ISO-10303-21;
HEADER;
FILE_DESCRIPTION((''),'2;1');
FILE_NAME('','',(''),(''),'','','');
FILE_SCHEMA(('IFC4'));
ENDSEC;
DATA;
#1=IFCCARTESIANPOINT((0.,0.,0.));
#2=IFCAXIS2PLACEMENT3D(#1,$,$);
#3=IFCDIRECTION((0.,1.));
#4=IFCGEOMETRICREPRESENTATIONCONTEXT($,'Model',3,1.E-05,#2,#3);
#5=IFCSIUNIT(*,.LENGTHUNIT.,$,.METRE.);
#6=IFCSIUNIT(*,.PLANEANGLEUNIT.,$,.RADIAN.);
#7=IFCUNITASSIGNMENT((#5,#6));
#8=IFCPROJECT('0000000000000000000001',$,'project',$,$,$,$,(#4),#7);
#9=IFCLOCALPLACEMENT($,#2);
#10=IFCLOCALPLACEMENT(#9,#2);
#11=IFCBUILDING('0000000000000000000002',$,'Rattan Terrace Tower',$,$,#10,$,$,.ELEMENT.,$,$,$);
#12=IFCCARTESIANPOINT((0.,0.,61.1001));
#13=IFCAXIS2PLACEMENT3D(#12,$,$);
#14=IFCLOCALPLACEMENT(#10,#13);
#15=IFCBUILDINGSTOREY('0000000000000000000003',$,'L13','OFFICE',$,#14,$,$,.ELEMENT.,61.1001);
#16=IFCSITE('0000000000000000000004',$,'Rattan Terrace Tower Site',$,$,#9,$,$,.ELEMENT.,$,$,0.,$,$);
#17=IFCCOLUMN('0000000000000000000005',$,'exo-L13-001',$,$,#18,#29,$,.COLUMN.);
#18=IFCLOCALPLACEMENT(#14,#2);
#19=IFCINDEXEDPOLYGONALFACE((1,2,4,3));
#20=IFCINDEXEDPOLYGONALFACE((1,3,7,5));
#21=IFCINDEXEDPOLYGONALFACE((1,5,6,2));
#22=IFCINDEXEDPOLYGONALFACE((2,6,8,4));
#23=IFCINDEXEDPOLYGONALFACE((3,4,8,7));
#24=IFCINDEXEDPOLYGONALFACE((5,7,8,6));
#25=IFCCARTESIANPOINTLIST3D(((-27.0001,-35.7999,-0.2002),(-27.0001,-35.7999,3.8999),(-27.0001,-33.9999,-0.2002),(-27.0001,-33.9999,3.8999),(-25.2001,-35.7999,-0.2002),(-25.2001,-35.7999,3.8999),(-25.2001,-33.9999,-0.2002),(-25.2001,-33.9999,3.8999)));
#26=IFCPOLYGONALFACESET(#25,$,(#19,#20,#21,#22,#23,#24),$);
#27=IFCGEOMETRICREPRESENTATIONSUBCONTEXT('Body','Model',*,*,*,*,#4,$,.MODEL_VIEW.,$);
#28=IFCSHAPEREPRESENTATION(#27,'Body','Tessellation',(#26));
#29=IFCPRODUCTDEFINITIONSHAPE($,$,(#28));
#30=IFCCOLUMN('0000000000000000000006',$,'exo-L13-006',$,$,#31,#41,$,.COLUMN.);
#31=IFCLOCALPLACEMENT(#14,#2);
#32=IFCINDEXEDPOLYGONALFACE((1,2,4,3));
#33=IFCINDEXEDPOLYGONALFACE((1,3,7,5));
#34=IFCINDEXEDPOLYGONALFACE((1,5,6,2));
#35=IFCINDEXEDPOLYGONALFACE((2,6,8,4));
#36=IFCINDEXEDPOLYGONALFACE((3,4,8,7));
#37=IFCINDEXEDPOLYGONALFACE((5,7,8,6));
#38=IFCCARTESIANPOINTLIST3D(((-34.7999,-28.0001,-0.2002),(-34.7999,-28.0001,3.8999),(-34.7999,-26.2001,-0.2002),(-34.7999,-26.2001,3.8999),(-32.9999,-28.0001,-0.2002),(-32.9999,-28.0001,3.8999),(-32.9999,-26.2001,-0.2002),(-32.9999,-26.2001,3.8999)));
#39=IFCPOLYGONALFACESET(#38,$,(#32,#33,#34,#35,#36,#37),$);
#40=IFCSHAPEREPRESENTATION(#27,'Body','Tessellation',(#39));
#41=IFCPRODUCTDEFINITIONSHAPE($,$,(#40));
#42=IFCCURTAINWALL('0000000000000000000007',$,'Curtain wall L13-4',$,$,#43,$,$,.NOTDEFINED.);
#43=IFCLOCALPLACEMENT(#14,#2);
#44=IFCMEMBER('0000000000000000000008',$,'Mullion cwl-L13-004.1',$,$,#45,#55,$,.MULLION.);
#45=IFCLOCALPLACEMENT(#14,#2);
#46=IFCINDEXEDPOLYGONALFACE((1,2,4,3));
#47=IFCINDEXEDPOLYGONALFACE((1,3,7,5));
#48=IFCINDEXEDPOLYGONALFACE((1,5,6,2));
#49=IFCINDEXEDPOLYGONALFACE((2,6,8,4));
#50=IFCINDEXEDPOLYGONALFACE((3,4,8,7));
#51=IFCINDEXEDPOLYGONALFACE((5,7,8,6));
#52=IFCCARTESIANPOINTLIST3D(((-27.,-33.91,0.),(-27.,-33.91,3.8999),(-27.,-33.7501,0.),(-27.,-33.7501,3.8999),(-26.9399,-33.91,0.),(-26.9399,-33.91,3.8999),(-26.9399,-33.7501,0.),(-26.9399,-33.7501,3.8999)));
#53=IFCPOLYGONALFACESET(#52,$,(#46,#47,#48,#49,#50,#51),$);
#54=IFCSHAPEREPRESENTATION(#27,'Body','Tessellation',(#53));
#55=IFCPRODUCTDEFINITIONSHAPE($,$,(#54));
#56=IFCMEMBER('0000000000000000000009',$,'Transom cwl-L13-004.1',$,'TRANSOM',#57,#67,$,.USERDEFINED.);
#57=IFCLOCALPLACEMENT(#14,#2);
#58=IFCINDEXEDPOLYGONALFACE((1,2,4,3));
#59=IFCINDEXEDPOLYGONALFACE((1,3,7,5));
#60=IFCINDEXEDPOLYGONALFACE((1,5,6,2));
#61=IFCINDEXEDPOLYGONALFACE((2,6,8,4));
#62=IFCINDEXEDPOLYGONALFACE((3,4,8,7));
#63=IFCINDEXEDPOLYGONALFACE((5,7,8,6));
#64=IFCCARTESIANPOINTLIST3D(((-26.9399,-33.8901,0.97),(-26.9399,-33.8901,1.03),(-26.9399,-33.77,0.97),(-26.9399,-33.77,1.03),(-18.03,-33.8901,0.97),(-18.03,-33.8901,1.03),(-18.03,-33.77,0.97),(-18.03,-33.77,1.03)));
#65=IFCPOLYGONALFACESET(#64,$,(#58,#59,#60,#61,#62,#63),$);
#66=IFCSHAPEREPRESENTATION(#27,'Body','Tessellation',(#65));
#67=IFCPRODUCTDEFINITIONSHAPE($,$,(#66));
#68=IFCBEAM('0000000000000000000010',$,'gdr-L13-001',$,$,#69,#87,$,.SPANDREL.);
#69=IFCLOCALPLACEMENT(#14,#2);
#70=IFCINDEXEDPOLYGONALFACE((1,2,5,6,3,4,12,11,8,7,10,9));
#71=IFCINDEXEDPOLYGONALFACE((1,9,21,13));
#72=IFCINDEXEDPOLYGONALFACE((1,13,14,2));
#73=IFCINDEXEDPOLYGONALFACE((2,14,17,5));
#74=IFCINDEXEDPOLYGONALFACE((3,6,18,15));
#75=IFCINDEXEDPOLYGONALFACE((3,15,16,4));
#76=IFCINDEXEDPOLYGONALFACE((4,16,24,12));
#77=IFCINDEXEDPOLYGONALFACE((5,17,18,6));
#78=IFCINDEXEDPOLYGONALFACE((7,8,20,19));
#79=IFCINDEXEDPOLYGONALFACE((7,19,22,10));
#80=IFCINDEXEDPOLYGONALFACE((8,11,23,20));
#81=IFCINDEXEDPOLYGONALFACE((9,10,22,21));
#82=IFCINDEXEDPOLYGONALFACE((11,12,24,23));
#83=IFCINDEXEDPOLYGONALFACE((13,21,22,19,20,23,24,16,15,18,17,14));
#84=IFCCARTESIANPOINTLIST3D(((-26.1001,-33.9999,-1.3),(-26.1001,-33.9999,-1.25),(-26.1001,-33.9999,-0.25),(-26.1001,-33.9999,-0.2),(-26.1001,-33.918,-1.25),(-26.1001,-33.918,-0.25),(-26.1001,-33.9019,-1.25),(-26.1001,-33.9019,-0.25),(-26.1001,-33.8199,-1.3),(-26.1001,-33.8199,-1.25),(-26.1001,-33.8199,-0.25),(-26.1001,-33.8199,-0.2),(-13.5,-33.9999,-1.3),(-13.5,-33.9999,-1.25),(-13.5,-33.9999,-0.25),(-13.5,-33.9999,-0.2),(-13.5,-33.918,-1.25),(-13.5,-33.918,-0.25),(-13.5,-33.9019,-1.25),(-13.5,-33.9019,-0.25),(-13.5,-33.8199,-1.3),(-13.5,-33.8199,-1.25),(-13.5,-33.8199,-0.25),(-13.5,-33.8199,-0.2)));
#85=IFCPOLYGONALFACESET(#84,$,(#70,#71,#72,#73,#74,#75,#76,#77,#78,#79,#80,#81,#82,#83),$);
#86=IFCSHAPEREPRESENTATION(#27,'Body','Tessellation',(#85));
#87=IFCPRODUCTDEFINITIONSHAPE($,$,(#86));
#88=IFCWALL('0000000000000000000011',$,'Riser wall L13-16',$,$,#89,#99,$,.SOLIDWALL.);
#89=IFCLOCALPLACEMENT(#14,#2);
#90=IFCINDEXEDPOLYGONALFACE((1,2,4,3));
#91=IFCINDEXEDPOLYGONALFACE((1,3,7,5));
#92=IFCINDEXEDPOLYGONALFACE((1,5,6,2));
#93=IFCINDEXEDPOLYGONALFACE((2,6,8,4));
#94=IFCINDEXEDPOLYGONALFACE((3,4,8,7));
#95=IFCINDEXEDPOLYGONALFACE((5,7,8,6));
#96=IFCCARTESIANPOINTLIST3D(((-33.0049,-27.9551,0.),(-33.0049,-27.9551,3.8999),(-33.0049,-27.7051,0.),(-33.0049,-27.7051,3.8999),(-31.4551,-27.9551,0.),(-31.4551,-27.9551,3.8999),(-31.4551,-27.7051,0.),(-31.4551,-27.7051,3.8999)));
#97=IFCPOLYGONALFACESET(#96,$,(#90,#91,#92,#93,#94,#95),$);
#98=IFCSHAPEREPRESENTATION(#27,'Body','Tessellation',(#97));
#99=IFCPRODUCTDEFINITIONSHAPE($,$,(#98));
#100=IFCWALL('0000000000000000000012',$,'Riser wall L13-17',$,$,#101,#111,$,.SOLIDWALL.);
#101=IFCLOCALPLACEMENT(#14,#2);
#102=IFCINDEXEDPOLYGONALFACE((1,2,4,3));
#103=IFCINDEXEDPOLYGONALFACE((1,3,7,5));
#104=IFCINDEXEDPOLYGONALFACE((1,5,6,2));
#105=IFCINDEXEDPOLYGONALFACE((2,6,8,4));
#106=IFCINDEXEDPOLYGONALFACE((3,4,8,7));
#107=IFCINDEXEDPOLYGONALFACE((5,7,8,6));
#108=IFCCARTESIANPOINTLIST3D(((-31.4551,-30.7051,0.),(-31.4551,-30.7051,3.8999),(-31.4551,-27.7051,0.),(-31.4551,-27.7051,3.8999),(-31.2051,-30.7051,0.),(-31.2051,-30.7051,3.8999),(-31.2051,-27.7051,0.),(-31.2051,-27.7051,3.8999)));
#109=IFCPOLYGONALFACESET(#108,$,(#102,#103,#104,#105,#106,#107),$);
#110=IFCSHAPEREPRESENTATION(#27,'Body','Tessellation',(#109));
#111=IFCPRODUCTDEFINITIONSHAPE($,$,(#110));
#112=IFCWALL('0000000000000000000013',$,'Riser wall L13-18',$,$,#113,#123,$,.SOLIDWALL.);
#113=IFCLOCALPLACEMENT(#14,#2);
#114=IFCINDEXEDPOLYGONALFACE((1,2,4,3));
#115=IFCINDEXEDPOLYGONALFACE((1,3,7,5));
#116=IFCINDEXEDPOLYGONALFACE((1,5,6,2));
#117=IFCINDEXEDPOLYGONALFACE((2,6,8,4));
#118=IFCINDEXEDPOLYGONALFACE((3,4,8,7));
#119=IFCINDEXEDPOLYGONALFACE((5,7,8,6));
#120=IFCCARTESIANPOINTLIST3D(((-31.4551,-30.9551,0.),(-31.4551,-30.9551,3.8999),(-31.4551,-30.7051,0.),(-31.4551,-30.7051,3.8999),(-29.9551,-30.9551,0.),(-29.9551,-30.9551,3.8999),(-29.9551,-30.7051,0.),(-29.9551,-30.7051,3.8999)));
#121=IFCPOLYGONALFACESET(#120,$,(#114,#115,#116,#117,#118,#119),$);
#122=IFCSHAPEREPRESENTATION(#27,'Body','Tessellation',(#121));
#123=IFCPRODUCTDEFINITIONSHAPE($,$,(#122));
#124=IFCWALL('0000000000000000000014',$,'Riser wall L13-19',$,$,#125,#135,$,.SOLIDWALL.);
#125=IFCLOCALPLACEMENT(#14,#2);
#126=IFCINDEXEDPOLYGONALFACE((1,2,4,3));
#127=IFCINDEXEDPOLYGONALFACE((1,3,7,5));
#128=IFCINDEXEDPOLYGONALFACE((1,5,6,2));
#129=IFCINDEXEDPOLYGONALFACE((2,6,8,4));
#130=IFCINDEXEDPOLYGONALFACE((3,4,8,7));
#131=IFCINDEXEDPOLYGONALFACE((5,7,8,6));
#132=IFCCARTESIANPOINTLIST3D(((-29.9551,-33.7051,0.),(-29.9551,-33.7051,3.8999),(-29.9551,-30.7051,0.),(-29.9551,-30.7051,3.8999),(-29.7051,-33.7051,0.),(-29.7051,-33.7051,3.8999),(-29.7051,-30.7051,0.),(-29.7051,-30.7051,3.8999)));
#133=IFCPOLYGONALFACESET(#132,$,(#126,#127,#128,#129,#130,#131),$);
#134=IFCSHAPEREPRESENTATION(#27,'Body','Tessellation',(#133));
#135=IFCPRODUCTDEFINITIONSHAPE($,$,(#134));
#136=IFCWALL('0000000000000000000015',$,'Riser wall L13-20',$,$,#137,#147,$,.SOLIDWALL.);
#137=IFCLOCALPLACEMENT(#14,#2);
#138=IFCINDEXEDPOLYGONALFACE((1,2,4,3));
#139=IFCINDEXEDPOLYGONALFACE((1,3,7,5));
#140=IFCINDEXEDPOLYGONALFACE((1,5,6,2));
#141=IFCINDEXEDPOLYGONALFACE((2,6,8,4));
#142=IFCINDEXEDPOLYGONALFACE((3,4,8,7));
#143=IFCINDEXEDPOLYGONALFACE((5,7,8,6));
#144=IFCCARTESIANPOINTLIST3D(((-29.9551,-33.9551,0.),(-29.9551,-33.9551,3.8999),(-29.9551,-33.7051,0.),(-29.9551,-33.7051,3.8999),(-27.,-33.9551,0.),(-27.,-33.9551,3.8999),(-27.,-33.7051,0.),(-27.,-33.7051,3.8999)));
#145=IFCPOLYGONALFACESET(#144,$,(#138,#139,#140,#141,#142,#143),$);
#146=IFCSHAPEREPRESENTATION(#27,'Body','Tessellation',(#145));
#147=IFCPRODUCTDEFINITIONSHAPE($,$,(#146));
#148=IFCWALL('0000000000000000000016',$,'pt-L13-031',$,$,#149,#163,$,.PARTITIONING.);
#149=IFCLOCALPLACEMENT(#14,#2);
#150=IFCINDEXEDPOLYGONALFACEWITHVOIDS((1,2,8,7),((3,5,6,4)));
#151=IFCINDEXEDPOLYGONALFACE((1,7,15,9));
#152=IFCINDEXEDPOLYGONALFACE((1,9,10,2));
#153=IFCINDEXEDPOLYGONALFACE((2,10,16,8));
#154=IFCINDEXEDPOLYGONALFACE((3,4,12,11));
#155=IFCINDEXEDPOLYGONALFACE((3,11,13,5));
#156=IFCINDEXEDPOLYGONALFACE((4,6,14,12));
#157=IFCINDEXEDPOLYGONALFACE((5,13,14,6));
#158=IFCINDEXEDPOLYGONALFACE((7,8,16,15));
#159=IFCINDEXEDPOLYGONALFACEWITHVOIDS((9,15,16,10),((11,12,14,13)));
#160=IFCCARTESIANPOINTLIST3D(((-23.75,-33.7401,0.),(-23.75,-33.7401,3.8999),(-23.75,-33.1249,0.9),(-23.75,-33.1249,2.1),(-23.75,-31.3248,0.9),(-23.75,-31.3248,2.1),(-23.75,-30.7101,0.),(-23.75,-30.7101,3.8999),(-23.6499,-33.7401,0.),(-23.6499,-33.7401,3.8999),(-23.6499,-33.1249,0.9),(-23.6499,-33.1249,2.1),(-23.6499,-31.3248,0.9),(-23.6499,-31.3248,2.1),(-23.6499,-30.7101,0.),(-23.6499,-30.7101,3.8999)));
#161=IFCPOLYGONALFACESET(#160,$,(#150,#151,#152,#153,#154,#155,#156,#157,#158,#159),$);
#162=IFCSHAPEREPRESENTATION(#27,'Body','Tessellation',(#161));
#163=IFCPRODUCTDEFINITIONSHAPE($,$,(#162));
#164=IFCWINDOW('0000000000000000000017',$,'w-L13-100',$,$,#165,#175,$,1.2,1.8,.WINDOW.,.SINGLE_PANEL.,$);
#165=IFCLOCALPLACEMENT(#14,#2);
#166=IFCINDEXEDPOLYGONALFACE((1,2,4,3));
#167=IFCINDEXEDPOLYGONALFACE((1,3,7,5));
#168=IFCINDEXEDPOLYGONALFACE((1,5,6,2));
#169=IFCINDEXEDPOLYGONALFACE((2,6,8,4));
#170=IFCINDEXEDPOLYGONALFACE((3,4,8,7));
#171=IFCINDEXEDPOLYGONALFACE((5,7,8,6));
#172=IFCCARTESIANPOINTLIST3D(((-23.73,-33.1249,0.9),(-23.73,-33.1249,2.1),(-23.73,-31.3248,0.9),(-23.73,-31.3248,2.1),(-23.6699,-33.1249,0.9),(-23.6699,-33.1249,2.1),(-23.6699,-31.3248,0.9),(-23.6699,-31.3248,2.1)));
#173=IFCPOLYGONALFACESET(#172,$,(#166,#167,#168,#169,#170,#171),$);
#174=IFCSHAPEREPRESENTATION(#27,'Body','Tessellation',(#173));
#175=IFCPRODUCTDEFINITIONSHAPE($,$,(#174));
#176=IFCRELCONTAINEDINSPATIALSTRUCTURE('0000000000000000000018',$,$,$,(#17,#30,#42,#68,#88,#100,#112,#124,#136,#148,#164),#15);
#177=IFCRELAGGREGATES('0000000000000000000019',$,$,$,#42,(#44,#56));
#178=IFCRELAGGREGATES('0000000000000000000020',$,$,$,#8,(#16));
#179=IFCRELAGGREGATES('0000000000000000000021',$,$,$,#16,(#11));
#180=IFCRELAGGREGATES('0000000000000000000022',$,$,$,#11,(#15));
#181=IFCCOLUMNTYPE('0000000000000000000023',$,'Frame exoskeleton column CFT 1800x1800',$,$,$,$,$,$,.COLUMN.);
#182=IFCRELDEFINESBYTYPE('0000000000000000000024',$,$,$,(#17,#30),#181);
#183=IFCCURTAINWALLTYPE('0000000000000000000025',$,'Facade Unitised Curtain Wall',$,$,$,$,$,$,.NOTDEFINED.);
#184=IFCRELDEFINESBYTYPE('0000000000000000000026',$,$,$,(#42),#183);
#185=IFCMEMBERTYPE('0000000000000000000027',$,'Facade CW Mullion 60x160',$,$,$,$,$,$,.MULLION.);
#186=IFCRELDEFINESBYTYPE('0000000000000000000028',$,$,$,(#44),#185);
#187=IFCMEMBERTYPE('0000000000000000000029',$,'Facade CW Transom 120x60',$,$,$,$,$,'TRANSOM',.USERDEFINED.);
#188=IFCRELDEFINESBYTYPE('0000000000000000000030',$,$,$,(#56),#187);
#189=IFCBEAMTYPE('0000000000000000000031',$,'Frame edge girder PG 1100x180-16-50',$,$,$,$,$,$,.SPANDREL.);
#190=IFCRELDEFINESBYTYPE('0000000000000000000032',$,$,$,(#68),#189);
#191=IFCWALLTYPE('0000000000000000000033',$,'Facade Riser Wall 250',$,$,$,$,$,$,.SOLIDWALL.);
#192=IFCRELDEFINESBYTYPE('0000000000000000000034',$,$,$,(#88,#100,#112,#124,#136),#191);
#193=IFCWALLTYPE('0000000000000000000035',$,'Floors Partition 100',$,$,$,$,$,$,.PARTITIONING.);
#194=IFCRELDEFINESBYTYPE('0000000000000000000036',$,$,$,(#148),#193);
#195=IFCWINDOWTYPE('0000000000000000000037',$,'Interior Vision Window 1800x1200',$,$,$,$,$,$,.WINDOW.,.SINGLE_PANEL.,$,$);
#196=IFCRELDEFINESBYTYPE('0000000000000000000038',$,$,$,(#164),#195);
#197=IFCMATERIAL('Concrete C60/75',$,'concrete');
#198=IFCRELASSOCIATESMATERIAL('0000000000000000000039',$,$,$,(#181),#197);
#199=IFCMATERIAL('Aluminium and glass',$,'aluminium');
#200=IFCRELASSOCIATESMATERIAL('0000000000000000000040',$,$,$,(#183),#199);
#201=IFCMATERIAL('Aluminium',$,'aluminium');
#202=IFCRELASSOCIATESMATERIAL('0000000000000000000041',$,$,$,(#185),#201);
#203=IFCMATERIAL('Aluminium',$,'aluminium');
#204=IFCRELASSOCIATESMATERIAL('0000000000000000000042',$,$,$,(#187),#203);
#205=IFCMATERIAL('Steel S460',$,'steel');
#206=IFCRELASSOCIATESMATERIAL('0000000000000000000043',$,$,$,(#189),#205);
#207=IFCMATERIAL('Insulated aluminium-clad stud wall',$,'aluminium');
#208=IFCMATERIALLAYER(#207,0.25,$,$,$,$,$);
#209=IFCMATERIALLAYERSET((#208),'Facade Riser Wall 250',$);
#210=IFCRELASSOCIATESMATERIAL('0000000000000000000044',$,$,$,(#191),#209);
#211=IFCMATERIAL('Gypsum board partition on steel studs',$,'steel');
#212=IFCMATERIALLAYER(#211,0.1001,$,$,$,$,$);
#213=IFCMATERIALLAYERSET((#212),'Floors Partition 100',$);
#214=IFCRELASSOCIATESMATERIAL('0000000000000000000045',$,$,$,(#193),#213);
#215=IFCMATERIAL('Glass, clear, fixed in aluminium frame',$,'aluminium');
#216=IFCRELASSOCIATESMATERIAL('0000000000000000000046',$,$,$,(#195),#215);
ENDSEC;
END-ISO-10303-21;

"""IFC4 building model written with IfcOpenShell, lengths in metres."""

from ifc_helpers import new_model, si_unit, direction, frame, frame_2d, origin, origin_2d, place, context, subcontext, project, spatial, rectangle, i_section, extrude, material, layer, layer_set, material_profile, profile_set, type_object, element, fill, aggregate, save


model = new_model("IFC4")

# Units and contexts
model_context = context("Model", 3, precision=1e-05, world=origin(), true_north=direction((0.0, 1.0)))
body_context = subcontext(model_context, "Body", "Model", "MODEL_VIEW")
ifc_project = project(units=[si_unit("LENGTHUNIT", "METRE"), si_unit("PLANEANGLEUNIT", "RADIAN")], contexts=[model_context])

# Site, building, storey
site_placement = place(None, origin())
site = spatial("IfcSite", under=ifc_project, at=site_placement, Name="Rattan Terrace Tower Site", CompositionType="ELEMENT", RefElevation=0.0)
building_placement = place(site_placement, origin())
building = spatial("IfcBuilding", under=site, at=building_placement, Name="Rattan Terrace Tower", CompositionType="ELEMENT")
storey_placement = place(building_placement, frame((0.0, 0.0, 61.1001)))
storey = spatial("IfcBuildingStorey", under=building, at=storey_placement, Name="L13", Description="OFFICE", CompositionType="ELEMENT", Elevation=61.1001)

# Columns
ifc_material_1 = material(Name="Concrete C60/75", Category="concrete")
ifc_material_profile_1 = material_profile(ifc_material_1, rectangle(XDim=1.8, YDim=1.8, at=origin_2d()), Name="CFT 1800x1800")
ifc_profile_set_1 = profile_set([ifc_material_profile_1], Name="Concrete C60/75")
column_type = type_object("IfcColumnType", Name="Frame exoskeleton column CFT 1800x1800", PredefinedType="COLUMN", material=ifc_profile_set_1)
for number, where, z_axis, x_axis, name in (
    (1, (-26.1001, -34.8999, -0.2002), (0.0, 0.0, 1.0), (1.0, 0.0, 0.0), "exo-L13-001"),
    (2, (-33.8999, -27.1001, -0.2002), (0.0, 0.0, 1.0), (0.0, 1.0, 0.0), "exo-L13-006"),
):
    element("IfcColumn", number, at=place(storey_placement, frame(where, z_axis=z_axis, x_axis=x_axis)), inside=storey, type_object=column_type, Name=name, PredefinedType="COLUMN", context=body_context, shape_type="SweptSolid", body=[
        extrude(rectangle(XDim=1.8, YDim=1.8, at=origin_2d()), origin(), (0.0, 0.0, 1.0), 4.1001),
    ])

# Curtain wall, members
ifc_material_2 = material(Name="Aluminium and glass", Category="aluminium")
curtain_wall_type = type_object("IfcCurtainWallType", Name="Facade Unitised Curtain Wall", PredefinedType="NOTDEFINED", material=ifc_material_2)
curtain_wall_placement = place(storey_placement, origin())
curtain_wall = element("IfcCurtainWall", 3, at=curtain_wall_placement, inside=storey, type_object=curtain_wall_type, Name="Curtain wall L13-4", PredefinedType="NOTDEFINED")
ifc_material_3 = material(Name="Aluminium", Category="aluminium")
ifc_material_profile_2 = material_profile(ifc_material_3, rectangle(XDim=0.0601, YDim=0.1599, at=origin_2d()), Name="Aluminium 60x160")
ifc_profile_set_2 = profile_set([ifc_material_profile_2], Name="Aluminium")
member_type_1 = type_object("IfcMemberType", Name="Facade CW Mullion 60x160", PredefinedType="MULLION", material=ifc_profile_set_2)
member_1_placement = place(storey_placement, frame((-26.97, -33.8301, 0.0), z_axis=(0.0, 0.0, 1.0), x_axis=(1.0, 0.0, 0.0)))
member_1 = element("IfcMember", 4, at=member_1_placement, type_object=member_type_1, Name="Mullion cwl-L13-004.1", PredefinedType="MULLION", context=body_context, shape_type="SweptSolid", body=[
    extrude(rectangle(XDim=0.0601, YDim=0.1599, at=origin_2d()), origin(), (0.0, 0.0, 1.0), 3.8999),
])
ifc_material_4 = material(Name="Aluminium", Category="aluminium")
ifc_material_profile_3 = material_profile(ifc_material_4, rectangle(XDim=0.1201, YDim=0.0601, at=origin_2d()), Name="Aluminium 120x60")
ifc_profile_set_3 = profile_set([ifc_material_profile_3], Name="Aluminium")
member_type_2 = type_object("IfcMemberType", Name="Facade CW Transom 120x60", ElementType="TRANSOM", PredefinedType="USERDEFINED", material=ifc_profile_set_3)
member_2_placement = place(storey_placement, frame((-26.9399, -33.8301, 1.0), z_axis=(1.0, 0.0, 0.0), x_axis=(0.0, 1.0, 0.0)))
member_2 = element("IfcMember", 5, at=member_2_placement, type_object=member_type_2, Name="Transom cwl-L13-004.1", ObjectType="TRANSOM", PredefinedType="USERDEFINED", context=body_context, shape_type="SweptSolid", body=[
    extrude(rectangle(XDim=0.1201, YDim=0.0601, at=origin_2d()), origin(), (0.0, 0.0, 1.0), 8.9099),
])
aggregate(curtain_wall, [member_1, member_2])

# Beam
ifc_material_5 = material(Name="Steel S460", Category="steel")
ifc_material_profile_4 = material_profile(ifc_material_5, i_section(OverallWidth=0.1799, OverallDepth=1.1001, WebThickness=0.0161, FlangeThickness=0.05, at=origin_2d()), Name="PG 1100x180-16-50")
ifc_profile_set_4 = profile_set([ifc_material_profile_4], Name="Steel S460")
beam_type = type_object("IfcBeamType", Name="Frame edge girder PG 1100x180-16-50", PredefinedType="SPANDREL", material=ifc_profile_set_4)
beam_placement = place(storey_placement, frame((-26.1001, -33.9099, -0.75), z_axis=(1.0, 0.0, 0.0), x_axis=(0.0, 1.0, 0.0)))
element("IfcBeam", 6, at=beam_placement, inside=storey, type_object=beam_type, Name="gdr-L13-001", PredefinedType="SPANDREL", context=body_context, shape_type="SweptSolid", body=[
    extrude(i_section(OverallWidth=0.1799, OverallDepth=1.1001, WebThickness=0.0161, FlangeThickness=0.05, at=origin_2d()), origin(), (0.0, 0.0, 1.0), 12.6001),
])

# Walls
ifc_material_6 = material(Name="Insulated aluminium-clad stud wall", Category="aluminium")
ifc_layer_1 = layer(ifc_material_6, 0.25)
ifc_layer_set_1 = layer_set([ifc_layer_1], Name="Facade Riser Wall 250")
wall_type_1 = type_object("IfcWallType", Name="Facade Riser Wall 250", PredefinedType="SOLIDWALL", material=ifc_layer_set_1)
wall_1_placement = place(storey_placement, frame((-33.0049, -27.8301, 0.0), z_axis=(0.0, 0.0, 1.0), x_axis=(1.0, 0.0, 0.0)))
element("IfcWall", 7, at=wall_1_placement, inside=storey, type_object=wall_type_1, Name="Riser wall L13-16", PredefinedType="SOLIDWALL", context=body_context, shape_type="SweptSolid", body=[
    extrude(rectangle(XDim=1.5498, YDim=0.25, at=frame_2d((0.7749, 0.0))), origin(), (0.0, 0.0, 1.0), 3.8999),
])
wall_2_placement = place(storey_placement, frame((-31.3301, -27.7051, 0.0), z_axis=(0.0, 0.0, 1.0), x_axis=(0.0, -1.0, 0.0)))
element("IfcWall", 8, at=wall_2_placement, inside=storey, type_object=wall_type_1, Name="Riser wall L13-17", PredefinedType="SOLIDWALL", context=body_context, shape_type="SweptSolid", body=[
    extrude(rectangle(XDim=3.0, YDim=0.25, at=frame_2d((1.5, 0.0))), origin(), (0.0, 0.0, 1.0), 3.8999),
])
wall_3_placement = place(storey_placement, frame((-31.4551, -30.8301, 0.0), z_axis=(0.0, 0.0, 1.0), x_axis=(1.0, 0.0, 0.0)))
element("IfcWall", 9, at=wall_3_placement, inside=storey, type_object=wall_type_1, Name="Riser wall L13-18", PredefinedType="SOLIDWALL", context=body_context, shape_type="SweptSolid", body=[
    extrude(rectangle(XDim=1.5, YDim=0.25, at=frame_2d((0.75, 0.0))), origin(), (0.0, 0.0, 1.0), 3.8999),
])
wall_4_placement = place(storey_placement, frame((-29.8301, -30.7051, 0.0), z_axis=(0.0, 0.0, 1.0), x_axis=(0.0, -1.0, 0.0)))
element("IfcWall", 10, at=wall_4_placement, inside=storey, type_object=wall_type_1, Name="Riser wall L13-19", PredefinedType="SOLIDWALL", context=body_context, shape_type="SweptSolid", body=[
    extrude(rectangle(XDim=3.0, YDim=0.25, at=frame_2d((1.5, 0.0))), origin(), (0.0, 0.0, 1.0), 3.8999),
])
wall_5_placement = place(storey_placement, frame((-29.9551, -33.8301, 0.0), z_axis=(0.0, 0.0, 1.0), x_axis=(1.0, 0.0, 0.0)))
element("IfcWall", 11, at=wall_5_placement, inside=storey, type_object=wall_type_1, Name="Riser wall L13-20", PredefinedType="SOLIDWALL", context=body_context, shape_type="SweptSolid", body=[
    extrude(rectangle(XDim=2.9551, YDim=0.25, at=frame_2d((1.4775, 0.0))), origin(), (0.0, 0.0, 1.0), 3.8999),
])

# Wall, opening, window
ifc_material_7 = material(Name="Gypsum board partition on steel studs", Category="steel")
ifc_layer_2 = layer(ifc_material_7, 0.1001)
ifc_layer_set_2 = layer_set([ifc_layer_2], Name="Floors Partition 100")
wall_type_2 = type_object("IfcWallType", Name="Floors Partition 100", PredefinedType="PARTITIONING", material=ifc_layer_set_2)
wall_6_placement = place(storey_placement, frame((-23.7, -30.71, 0.0), z_axis=(0.0, 0.0, 1.0), x_axis=(0.0, -1.0, 0.0)))
wall_6 = element("IfcWall", 12, at=wall_6_placement, inside=storey, type_object=wall_type_2, Name="pt-L13-031", PredefinedType="PARTITIONING", context=body_context, shape_type="SweptSolid", body=[
    extrude(rectangle(XDim=3.03, YDim=0.1001, at=frame_2d((1.5151, 0.0))), origin(), (0.0, 0.0, 1.0), 3.8999),
])
opening_placement = place(wall_6_placement, frame((0.615, 0.0, 0.8999)))
opening = element("IfcOpeningElement", 13, at=opening_placement, cuts=wall_6, PredefinedType="OPENING", context=body_context, shape_type="SweptSolid", body=[
    extrude(rectangle(XDim=1.8, YDim=1.2, at=frame_2d((0.8999, 0.6001))), frame((0.0, 0.0605, 0.0), z_axis=(0.0, -1.0, 0.0), x_axis=(1.0, 0.0, 0.0)), (0.0, 0.0, 1.0), 0.1211),
])
ifc_material_8 = material(Name="Glass, clear, fixed in aluminium frame", Category="aluminium")
window_type = type_object("IfcWindowType", Name="Interior Vision Window 1800x1200", PartitioningType="SINGLE_PANEL", PredefinedType="WINDOW", material=ifc_material_8)
window_placement = place(opening_placement, origin())
window = element("IfcWindow", 14, at=window_placement, inside=storey, type_object=window_type, Name="w-L13-100", OverallHeight=1.2, OverallWidth=1.8, PartitioningType="SINGLE_PANEL", PredefinedType="WINDOW", context=body_context, shape_type="SweptSolid", body=[
    extrude(rectangle(XDim=1.8, YDim=1.2, at=frame_2d((0.8999, 0.6001))), frame((0.0, 0.03, 0.0), z_axis=(0.0, -1.0, 0.0), x_axis=(1.0, 0.0, 0.0)), (0.0, 0.0, 1.0), 0.0601),
])
fill(opening, window)

save(model, "model.ifc")
